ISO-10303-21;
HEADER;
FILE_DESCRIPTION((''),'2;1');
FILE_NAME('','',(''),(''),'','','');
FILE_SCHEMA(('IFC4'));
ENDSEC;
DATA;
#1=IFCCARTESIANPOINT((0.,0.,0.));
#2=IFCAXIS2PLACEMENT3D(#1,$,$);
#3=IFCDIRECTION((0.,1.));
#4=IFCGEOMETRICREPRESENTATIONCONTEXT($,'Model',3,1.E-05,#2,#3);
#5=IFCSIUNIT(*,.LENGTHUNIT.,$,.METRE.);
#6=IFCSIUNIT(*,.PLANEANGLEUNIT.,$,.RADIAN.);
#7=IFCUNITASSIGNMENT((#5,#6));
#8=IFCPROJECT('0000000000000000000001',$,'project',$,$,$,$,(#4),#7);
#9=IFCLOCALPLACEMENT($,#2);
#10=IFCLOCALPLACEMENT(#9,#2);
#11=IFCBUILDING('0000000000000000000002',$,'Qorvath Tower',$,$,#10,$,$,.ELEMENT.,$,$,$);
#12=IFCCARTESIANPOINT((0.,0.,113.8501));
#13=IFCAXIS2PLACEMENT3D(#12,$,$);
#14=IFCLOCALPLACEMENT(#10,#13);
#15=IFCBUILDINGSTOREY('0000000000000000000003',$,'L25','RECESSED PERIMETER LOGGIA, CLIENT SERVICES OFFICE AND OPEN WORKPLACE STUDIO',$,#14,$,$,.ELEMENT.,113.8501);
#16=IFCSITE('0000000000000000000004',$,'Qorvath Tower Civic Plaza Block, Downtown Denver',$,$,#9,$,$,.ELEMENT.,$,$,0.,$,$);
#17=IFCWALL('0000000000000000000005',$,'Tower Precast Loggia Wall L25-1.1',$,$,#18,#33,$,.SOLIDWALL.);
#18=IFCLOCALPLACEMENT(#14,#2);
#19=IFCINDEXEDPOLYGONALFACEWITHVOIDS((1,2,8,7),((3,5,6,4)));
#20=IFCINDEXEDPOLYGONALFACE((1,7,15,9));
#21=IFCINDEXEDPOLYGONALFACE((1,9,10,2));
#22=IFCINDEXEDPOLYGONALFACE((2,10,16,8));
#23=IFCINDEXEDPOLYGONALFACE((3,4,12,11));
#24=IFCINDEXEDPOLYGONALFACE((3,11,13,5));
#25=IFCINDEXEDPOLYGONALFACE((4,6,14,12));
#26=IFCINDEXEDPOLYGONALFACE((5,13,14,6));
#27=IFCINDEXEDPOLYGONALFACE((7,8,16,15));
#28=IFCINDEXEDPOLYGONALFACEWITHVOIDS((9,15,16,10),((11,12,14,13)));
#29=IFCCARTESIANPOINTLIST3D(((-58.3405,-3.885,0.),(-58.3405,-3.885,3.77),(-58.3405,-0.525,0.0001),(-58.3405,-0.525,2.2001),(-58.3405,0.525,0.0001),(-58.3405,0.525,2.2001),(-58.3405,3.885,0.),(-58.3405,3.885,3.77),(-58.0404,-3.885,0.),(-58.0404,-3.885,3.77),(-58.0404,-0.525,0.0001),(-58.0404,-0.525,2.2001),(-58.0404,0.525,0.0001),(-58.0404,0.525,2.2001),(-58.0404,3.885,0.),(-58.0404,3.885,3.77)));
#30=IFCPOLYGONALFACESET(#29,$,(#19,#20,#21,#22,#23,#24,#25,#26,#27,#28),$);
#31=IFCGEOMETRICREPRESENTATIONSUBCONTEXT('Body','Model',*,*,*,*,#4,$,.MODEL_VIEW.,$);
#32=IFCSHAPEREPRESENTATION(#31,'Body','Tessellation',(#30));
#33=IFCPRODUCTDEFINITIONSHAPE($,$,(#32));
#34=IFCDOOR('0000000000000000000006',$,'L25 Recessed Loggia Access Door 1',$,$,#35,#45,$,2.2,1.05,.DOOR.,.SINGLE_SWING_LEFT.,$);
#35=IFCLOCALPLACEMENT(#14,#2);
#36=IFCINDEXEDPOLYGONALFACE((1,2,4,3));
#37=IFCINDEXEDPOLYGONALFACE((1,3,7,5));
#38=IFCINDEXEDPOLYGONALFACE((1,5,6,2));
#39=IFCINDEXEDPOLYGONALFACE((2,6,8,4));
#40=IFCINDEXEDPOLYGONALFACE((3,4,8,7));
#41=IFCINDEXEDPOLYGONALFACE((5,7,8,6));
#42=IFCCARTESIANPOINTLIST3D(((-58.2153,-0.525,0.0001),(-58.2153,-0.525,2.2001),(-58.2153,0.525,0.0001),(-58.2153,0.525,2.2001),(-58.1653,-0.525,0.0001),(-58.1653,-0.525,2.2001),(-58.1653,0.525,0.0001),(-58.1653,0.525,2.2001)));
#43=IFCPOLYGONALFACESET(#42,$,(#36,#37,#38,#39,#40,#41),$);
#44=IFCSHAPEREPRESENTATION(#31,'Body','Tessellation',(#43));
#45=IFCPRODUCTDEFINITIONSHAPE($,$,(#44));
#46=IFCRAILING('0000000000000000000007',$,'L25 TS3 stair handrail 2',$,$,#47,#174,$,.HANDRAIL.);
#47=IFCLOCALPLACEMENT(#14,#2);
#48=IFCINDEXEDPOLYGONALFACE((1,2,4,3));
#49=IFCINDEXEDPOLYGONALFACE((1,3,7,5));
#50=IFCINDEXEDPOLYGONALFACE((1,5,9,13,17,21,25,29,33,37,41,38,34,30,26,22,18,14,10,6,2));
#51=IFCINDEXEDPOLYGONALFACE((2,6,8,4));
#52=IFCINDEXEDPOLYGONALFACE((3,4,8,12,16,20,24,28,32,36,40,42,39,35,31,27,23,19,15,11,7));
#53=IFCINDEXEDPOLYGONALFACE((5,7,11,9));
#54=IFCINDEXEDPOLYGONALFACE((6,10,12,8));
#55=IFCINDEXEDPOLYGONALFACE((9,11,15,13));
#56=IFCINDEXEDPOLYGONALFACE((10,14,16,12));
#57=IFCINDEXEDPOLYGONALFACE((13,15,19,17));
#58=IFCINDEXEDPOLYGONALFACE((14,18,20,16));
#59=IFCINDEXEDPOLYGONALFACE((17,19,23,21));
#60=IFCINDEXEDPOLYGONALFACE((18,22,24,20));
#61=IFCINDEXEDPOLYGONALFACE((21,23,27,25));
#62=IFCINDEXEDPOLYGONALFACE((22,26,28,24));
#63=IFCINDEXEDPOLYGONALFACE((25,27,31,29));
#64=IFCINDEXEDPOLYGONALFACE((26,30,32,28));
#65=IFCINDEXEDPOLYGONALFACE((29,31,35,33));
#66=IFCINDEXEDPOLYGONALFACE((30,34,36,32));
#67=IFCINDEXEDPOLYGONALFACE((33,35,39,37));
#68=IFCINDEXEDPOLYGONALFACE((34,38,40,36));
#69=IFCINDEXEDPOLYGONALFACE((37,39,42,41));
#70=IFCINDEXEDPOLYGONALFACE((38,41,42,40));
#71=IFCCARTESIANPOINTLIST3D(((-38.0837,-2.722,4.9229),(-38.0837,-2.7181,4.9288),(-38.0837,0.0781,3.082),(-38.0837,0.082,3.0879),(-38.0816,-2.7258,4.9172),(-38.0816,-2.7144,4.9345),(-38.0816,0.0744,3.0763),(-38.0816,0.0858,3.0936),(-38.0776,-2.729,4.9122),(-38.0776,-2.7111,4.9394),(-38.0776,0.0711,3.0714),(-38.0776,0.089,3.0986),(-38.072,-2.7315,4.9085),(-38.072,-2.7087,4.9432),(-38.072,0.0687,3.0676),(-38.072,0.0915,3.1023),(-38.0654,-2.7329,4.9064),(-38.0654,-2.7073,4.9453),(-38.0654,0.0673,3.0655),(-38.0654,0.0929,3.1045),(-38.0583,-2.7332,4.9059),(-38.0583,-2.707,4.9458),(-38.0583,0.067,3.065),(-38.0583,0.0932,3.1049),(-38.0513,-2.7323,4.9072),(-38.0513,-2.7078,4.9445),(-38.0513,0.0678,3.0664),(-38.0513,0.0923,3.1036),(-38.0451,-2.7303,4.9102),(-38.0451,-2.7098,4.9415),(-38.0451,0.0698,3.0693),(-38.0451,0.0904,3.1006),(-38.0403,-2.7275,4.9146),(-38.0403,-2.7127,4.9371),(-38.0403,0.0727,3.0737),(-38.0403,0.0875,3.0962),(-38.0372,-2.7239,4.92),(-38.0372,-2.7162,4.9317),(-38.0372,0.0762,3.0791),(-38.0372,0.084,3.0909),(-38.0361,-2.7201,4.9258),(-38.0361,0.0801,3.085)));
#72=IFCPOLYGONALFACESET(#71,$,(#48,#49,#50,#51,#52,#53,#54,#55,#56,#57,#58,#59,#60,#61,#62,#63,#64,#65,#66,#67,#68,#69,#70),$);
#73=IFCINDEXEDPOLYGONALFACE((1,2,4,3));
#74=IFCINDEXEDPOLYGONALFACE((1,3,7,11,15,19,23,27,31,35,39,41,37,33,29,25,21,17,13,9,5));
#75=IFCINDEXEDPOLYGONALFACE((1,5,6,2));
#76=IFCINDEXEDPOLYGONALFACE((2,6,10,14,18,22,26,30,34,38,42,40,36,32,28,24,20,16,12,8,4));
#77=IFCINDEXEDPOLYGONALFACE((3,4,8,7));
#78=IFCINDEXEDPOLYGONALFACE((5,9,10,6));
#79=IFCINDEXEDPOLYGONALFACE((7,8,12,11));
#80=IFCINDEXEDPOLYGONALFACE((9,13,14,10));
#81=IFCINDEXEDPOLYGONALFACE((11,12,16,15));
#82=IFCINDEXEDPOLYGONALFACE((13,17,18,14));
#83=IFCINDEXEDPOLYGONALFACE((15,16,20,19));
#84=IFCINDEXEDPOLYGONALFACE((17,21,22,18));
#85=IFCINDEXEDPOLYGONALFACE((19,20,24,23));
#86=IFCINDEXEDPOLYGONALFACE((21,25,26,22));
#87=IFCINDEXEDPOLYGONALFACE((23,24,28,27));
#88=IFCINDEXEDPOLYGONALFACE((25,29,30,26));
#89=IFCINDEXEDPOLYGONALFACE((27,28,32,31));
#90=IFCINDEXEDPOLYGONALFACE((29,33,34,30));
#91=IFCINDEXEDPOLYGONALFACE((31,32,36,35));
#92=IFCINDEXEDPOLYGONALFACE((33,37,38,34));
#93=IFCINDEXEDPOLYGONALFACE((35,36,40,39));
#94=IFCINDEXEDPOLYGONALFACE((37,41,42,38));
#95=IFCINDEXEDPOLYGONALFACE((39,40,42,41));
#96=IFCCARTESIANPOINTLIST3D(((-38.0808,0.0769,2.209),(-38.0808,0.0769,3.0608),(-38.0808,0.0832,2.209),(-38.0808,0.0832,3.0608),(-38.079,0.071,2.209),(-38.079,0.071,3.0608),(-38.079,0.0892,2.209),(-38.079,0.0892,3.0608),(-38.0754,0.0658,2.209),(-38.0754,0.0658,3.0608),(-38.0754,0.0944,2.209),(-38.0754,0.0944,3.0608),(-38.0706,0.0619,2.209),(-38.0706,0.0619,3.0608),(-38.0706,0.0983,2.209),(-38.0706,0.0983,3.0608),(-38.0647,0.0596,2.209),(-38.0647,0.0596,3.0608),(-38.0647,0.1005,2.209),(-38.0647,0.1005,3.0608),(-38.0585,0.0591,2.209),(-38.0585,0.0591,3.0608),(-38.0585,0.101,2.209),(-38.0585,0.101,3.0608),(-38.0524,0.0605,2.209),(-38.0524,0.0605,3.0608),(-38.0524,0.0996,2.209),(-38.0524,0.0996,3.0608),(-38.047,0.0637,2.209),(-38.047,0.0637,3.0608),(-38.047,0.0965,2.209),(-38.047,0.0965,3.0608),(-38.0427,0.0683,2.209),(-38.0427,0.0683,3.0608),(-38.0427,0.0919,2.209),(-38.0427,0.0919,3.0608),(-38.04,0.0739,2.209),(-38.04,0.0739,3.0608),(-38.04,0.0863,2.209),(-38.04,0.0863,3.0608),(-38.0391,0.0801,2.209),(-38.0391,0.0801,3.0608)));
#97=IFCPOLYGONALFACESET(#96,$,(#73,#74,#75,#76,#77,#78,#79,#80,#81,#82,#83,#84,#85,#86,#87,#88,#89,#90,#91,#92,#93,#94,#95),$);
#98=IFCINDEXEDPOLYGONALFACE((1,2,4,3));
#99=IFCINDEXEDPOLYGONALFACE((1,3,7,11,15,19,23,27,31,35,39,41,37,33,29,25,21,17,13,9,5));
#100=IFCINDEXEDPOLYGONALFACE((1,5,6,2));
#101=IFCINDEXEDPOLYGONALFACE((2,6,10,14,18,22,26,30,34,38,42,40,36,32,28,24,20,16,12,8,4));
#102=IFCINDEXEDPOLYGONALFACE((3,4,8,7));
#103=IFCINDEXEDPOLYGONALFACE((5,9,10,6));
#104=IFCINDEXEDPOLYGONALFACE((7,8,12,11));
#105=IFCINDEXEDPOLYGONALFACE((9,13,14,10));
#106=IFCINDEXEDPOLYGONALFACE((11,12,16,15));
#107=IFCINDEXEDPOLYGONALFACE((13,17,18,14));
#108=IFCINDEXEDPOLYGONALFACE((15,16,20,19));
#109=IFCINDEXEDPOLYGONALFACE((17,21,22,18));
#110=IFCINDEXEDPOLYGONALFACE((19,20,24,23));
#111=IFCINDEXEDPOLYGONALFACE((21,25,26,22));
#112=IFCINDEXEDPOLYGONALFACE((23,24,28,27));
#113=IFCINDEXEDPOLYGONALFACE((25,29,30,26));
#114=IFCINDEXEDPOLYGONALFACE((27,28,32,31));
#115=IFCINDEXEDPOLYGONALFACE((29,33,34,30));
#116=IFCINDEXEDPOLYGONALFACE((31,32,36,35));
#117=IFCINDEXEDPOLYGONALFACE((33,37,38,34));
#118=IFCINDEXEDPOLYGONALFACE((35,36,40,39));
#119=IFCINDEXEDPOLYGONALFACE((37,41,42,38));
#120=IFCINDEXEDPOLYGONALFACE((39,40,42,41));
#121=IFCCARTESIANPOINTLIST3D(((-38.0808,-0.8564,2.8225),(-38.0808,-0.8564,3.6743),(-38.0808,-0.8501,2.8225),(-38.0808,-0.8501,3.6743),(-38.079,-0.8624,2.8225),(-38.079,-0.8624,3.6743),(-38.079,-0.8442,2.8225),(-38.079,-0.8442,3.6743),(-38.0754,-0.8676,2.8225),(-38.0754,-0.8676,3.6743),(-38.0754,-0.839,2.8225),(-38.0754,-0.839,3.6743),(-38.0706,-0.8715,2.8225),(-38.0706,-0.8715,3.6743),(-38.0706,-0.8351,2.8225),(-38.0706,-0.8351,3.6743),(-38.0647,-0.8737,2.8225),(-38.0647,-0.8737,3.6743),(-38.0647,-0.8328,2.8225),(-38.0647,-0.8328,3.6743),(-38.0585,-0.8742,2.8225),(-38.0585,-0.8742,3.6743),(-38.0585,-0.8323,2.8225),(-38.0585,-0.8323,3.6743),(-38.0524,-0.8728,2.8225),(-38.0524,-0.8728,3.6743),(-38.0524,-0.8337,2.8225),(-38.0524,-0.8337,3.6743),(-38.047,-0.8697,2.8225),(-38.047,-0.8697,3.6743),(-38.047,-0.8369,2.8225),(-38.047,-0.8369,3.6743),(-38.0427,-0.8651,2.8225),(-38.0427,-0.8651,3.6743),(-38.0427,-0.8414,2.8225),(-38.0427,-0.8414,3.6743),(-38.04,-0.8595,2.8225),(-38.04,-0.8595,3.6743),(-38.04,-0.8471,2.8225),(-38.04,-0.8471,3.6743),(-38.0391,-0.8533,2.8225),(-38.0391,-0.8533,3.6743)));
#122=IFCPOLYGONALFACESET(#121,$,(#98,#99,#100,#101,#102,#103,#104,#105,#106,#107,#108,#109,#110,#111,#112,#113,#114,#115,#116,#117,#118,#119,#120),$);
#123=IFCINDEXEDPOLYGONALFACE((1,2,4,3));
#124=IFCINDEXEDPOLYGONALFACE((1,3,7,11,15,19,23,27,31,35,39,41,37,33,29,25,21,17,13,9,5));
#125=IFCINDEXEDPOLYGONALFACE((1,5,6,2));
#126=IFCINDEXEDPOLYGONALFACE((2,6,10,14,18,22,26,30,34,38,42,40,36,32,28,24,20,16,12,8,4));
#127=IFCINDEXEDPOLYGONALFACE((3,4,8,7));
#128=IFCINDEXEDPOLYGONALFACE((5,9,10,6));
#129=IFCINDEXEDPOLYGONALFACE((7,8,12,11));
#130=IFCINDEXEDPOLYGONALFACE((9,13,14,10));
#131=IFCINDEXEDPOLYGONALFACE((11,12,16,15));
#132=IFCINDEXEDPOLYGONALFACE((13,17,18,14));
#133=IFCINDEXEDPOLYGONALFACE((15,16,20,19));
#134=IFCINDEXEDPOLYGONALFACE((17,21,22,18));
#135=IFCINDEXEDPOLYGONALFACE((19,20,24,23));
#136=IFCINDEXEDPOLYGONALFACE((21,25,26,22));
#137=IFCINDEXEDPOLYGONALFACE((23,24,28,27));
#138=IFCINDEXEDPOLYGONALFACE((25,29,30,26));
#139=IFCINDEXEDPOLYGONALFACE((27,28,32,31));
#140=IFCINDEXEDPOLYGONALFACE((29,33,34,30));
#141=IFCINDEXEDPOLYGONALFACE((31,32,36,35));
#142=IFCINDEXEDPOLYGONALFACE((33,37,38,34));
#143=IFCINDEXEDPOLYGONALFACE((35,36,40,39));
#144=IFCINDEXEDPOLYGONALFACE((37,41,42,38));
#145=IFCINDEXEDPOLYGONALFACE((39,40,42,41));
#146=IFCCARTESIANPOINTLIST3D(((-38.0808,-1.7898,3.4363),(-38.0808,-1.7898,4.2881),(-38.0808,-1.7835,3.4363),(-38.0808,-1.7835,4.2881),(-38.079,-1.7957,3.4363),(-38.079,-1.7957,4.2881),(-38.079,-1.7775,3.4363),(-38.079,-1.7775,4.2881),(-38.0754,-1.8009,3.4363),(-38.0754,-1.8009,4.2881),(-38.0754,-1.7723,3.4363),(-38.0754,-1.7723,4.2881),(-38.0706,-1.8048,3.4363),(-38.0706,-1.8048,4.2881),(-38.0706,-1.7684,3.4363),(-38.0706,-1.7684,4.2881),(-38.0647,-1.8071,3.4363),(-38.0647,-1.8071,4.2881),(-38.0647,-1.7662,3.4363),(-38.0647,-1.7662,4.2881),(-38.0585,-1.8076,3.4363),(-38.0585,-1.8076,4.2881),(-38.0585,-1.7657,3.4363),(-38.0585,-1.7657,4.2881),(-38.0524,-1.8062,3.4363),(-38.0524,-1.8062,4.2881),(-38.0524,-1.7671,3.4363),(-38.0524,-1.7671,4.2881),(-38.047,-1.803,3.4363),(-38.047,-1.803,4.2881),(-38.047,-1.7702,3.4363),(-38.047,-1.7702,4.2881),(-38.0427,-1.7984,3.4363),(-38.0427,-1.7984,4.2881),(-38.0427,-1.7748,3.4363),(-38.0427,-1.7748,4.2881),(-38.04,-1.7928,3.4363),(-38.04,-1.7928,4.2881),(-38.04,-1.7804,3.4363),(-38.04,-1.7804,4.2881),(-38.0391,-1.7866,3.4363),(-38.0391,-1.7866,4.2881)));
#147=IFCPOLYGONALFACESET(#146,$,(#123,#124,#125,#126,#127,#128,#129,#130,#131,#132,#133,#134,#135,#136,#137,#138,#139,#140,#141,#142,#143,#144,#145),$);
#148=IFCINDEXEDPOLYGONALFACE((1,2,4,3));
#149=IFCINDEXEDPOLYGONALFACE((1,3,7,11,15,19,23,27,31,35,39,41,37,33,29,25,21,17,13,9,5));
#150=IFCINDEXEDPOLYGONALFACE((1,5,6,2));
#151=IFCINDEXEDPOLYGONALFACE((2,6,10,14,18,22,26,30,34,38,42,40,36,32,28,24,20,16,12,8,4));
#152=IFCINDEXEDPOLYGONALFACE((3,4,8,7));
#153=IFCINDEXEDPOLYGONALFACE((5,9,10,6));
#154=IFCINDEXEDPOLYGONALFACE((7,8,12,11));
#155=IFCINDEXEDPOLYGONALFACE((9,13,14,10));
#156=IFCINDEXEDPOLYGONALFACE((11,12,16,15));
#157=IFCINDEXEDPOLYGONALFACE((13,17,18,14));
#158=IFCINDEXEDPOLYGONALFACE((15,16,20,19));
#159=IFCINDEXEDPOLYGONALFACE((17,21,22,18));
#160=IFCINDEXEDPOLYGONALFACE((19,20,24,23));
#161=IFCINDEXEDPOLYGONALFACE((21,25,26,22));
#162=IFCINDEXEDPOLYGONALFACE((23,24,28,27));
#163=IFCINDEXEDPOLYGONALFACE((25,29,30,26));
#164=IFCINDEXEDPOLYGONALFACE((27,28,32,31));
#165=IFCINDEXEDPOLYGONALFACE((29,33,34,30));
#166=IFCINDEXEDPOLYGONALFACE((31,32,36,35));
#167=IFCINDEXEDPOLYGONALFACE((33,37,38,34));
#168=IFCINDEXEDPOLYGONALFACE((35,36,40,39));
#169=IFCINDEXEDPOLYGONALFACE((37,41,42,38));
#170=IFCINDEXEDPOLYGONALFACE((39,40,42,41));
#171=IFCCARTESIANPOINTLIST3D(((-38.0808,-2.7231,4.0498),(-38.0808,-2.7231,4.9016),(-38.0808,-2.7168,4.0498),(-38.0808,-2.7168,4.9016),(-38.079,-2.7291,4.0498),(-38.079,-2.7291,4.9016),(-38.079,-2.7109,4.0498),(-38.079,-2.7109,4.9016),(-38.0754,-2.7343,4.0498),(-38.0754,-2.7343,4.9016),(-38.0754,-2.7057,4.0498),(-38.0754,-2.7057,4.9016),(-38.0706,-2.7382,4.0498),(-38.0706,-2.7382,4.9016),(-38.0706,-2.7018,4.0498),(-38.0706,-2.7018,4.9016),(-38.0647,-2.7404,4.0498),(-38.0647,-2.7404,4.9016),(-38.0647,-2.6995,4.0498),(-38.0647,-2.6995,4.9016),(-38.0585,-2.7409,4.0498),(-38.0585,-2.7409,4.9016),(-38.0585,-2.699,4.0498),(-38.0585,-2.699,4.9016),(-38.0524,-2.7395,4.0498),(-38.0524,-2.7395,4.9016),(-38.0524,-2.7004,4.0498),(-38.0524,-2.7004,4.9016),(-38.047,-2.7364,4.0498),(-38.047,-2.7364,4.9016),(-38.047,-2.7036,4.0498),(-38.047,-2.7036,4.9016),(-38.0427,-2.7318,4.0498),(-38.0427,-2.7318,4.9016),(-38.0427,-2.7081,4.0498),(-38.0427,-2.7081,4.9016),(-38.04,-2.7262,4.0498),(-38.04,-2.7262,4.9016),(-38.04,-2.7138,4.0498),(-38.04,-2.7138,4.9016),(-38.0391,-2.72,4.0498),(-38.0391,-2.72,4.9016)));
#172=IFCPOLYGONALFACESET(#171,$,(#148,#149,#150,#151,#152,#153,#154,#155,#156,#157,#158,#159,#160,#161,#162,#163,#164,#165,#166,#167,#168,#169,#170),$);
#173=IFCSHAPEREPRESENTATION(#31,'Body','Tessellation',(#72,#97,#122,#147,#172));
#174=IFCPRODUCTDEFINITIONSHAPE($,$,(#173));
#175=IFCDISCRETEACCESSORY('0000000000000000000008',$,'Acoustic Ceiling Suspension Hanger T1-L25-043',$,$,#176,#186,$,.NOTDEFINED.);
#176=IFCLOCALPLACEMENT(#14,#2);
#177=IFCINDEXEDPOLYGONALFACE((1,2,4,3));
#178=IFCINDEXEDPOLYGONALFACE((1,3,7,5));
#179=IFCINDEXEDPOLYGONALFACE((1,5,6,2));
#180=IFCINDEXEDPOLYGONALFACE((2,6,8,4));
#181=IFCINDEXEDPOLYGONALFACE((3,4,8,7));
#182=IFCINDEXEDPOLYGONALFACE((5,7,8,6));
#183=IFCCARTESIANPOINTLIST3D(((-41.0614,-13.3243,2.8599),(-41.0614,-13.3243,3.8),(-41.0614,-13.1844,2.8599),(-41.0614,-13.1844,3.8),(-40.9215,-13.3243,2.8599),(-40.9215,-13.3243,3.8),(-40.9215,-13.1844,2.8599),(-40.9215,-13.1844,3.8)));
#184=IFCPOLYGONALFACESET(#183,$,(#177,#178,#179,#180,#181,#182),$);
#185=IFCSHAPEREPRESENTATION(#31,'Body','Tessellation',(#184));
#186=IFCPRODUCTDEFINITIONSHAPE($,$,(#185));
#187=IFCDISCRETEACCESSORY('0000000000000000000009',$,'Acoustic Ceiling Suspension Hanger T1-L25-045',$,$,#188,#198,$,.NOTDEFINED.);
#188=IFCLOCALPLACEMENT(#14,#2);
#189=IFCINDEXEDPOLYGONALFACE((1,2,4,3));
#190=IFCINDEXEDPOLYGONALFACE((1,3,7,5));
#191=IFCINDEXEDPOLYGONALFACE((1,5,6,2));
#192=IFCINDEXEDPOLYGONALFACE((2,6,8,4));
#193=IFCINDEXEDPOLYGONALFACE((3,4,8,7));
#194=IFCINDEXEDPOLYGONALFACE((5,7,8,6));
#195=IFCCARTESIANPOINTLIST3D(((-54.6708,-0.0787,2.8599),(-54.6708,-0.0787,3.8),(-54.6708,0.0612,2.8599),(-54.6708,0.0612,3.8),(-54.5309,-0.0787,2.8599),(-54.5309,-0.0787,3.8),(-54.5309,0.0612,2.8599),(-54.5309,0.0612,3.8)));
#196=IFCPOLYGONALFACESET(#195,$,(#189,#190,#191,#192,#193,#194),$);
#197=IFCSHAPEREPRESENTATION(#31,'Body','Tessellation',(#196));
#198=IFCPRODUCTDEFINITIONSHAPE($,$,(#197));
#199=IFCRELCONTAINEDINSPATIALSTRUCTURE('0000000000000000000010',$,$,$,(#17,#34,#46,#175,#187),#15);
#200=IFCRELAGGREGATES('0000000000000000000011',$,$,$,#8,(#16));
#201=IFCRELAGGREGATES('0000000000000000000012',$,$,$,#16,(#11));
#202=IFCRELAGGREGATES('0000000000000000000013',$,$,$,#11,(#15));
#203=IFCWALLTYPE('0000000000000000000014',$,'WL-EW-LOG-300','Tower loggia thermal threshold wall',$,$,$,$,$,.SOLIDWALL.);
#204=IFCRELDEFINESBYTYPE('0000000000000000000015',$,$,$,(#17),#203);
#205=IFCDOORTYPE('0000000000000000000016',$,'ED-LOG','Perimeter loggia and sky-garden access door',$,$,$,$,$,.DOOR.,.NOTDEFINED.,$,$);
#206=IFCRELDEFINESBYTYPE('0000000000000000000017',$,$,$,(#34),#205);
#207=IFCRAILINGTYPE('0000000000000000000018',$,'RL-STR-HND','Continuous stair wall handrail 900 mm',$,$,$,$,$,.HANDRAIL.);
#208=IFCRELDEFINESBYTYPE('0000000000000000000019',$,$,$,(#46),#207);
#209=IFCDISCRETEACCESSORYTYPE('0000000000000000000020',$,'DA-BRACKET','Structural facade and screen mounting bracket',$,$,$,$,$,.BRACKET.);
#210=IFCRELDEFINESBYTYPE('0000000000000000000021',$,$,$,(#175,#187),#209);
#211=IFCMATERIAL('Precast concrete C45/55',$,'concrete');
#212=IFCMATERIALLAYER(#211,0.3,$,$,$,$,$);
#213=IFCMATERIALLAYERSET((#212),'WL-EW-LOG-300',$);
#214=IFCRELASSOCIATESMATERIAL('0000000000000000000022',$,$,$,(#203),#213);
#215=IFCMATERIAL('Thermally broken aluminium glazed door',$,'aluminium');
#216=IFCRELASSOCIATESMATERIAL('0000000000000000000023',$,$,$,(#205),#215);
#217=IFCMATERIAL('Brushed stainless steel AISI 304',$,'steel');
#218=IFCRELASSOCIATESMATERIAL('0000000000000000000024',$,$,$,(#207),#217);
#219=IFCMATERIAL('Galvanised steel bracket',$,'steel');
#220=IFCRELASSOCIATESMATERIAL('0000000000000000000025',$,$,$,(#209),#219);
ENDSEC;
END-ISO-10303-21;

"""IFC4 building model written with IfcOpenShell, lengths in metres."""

from ifc_helpers import new_model, si_unit, direction, frame, frame_2d, origin, origin_2d, place, context, subcontext, project, spatial, rectangle, circle, extrude, material, layer, layer_set, type_object, element, fill, save


model = new_model("IFC4")

# Units and contexts
model_context = context("Model", 3, precision=1e-05, world=origin(), true_north=direction((0.0, 1.0)))
body_context = subcontext(model_context, "Body", "Model", "MODEL_VIEW")
ifc_project = project(units=[si_unit("LENGTHUNIT", "METRE"), si_unit("PLANEANGLEUNIT", "RADIAN")], contexts=[model_context])

# Site, building, storey
site_placement = place(None, origin())
site = spatial("IfcSite", under=ifc_project, at=site_placement, Name="Qorvath Tower Civic Plaza Block, Downtown Denver", CompositionType="ELEMENT", RefElevation=0.0)
building_placement = place(site_placement, origin())
building = spatial("IfcBuilding", under=site, at=building_placement, Name="Qorvath Tower", CompositionType="ELEMENT")
storey_placement = place(building_placement, frame((0.0, 0.0, 113.8501)))
storey = spatial("IfcBuildingStorey", under=building, at=storey_placement, Name="L25", Description="RECESSED PERIMETER LOGGIA, CLIENT SERVICES OFFICE AND OPEN WORKPLACE STUDIO", CompositionType="ELEMENT", Elevation=113.8501)

# Wall, opening, door
ifc_material_1 = material(Name="Precast concrete C45/55", Category="concrete")
ifc_layer_1 = layer(ifc_material_1, 0.3)
ifc_layer_set_1 = layer_set([ifc_layer_1], Name="WL-EW-LOG-300")
wall_type_1 = type_object("IfcWallType", Name="WL-EW-LOG-300", Description="Tower loggia thermal threshold wall", PredefinedType="SOLIDWALL", material=ifc_layer_set_1)
wall_1_placement = place(storey_placement, frame((-58.1904, -3.885, 0.0), z_axis=(0.0, 0.0, 1.0), x_axis=(0.0, 1.0, 0.0)))
wall_1 = element("IfcWall", 1, at=wall_1_placement, inside=storey, type_object=wall_type_1, Name="Tower Precast Loggia Wall L25-1.1", PredefinedType="SOLIDWALL", context=body_context, shape_type="SweptSolid", body=[
    extrude(rectangle(XDim=7.77, YDim=0.3, at=frame_2d((3.885, 0.0))), origin(), (0.0, 0.0, 1.0), 3.77),
])
opening_1_placement = place(wall_1_placement, frame((3.3601, 0.0, 0.0)))
opening_1 = element("IfcOpeningElement", 2, at=opening_1_placement, cuts=wall_1, PredefinedType="OPENING", context=body_context, shape_type="SweptSolid", body=[
    extrude(rectangle(XDim=1.05, YDim=2.2, at=frame_2d((0.5249, 1.1001))), frame((0.0, 0.1602, 0.0), z_axis=(0.0, -1.0, 0.0), x_axis=(1.0, 0.0, 0.0)), (0.0, 0.0, 1.0), 0.3201),
])
ifc_material_2 = material(Name="Thermally broken aluminium glazed door", Category="aluminium")
door_type_1 = type_object("IfcDoorType", Name="ED-LOG", Description="Perimeter loggia and sky-garden access door", OperationType="NOTDEFINED", PredefinedType="DOOR", material=ifc_material_2)
door_1_placement = place(opening_1_placement, origin())
door_1 = element("IfcDoor", 3, at=door_1_placement, inside=storey, type_object=door_type_1, Name="L25 Recessed Loggia Access Door 1", OperationType="SINGLE_SWING_LEFT", OverallHeight=2.2, OverallWidth=1.05, PredefinedType="DOOR", context=body_context, shape_type="SweptSolid", body=[
    extrude(rectangle(XDim=1.05, YDim=2.2, at=frame_2d((0.5249, 1.1001))), frame((0.0, 0.0249, 0.0), z_axis=(0.0, -1.0, 0.0), x_axis=(1.0, 0.0, 0.0)), (0.0, 0.0, 1.0), 0.05),
])
fill(opening_1, door_1)

# Railing
ifc_material_3 = material(Name="Brushed stainless steel AISI 304", Category="steel")
railing_type = type_object("IfcRailingType", Name="RL-STR-HND", Description="Continuous stair wall handrail 900 mm", PredefinedType="HANDRAIL", material=ifc_material_3)
railing_placement = place(storey_placement, frame((-38.0601, 0.0801, 2.209)))
element("IfcRailing", 4, at=railing_placement, inside=storey, type_object=railing_type, Name="L25 TS3 stair handrail 2", PredefinedType="HANDRAIL", context=body_context, shape_type="SweptSolid", body=[
    extrude(circle(Radius=0.0239, at=origin_2d()), frame((0.0, 0.0, 0.876), z_axis=(0.0, -0.835598, 0.549342), x_axis=(1.0, 0.0, 0.0)), (0.0, 0.0, 1.0), 3.3511),
    extrude(circle(Radius=0.021, at=origin_2d()), origin(), (0.0, 0.0, 1.0), 0.8518),
    extrude(circle(Radius=0.021, at=origin_2d()), frame((0.0, -0.9333, 0.6135)), (0.0, 0.0, 1.0), 0.8518),
    extrude(circle(Radius=0.021, at=origin_2d()), frame((0.0, -1.8667, 1.2273)), (0.0, 0.0, 1.0), 0.8518),
    extrude(circle(Radius=0.021, at=origin_2d()), frame((0.0, -2.8, 1.8408)), (0.0, 0.0, 1.0), 0.8518),
])

# Discrete accessories
ifc_material_4 = material(Name="Galvanised steel bracket", Category="steel")
discrete_accessory_type = type_object("IfcDiscreteAccessoryType", Name="DA-BRACKET", Description="Structural facade and screen mounting bracket", PredefinedType="BRACKET", material=ifc_material_4)
for number, where, z_axis, x_axis, name in (
    (5, (-40.9915, -13.2544, 2.8599), (0.0, 0.0, 1.0), (1.0, 0.0, 0.0), "Acoustic Ceiling Suspension Hanger T1-L25-043"),
    (6, (-54.6008, -0.0088, 2.8599), (0.0, 0.0, 1.0), (1.0, 0.0, 0.0), "Acoustic Ceiling Suspension Hanger T1-L25-045"),
):
    element("IfcDiscreteAccessory", number, at=place(storey_placement, frame(where, z_axis=z_axis, x_axis=x_axis)), inside=storey, type_object=discrete_accessory_type, Name=name, PredefinedType="NOTDEFINED", context=body_context, shape_type="SweptSolid", body=[
        extrude(rectangle(XDim=0.1399, YDim=0.1399, at=origin_2d()), origin(), (0.0, 0.0, 1.0), 0.9402),
    ])

save(model, "model.ifc")
